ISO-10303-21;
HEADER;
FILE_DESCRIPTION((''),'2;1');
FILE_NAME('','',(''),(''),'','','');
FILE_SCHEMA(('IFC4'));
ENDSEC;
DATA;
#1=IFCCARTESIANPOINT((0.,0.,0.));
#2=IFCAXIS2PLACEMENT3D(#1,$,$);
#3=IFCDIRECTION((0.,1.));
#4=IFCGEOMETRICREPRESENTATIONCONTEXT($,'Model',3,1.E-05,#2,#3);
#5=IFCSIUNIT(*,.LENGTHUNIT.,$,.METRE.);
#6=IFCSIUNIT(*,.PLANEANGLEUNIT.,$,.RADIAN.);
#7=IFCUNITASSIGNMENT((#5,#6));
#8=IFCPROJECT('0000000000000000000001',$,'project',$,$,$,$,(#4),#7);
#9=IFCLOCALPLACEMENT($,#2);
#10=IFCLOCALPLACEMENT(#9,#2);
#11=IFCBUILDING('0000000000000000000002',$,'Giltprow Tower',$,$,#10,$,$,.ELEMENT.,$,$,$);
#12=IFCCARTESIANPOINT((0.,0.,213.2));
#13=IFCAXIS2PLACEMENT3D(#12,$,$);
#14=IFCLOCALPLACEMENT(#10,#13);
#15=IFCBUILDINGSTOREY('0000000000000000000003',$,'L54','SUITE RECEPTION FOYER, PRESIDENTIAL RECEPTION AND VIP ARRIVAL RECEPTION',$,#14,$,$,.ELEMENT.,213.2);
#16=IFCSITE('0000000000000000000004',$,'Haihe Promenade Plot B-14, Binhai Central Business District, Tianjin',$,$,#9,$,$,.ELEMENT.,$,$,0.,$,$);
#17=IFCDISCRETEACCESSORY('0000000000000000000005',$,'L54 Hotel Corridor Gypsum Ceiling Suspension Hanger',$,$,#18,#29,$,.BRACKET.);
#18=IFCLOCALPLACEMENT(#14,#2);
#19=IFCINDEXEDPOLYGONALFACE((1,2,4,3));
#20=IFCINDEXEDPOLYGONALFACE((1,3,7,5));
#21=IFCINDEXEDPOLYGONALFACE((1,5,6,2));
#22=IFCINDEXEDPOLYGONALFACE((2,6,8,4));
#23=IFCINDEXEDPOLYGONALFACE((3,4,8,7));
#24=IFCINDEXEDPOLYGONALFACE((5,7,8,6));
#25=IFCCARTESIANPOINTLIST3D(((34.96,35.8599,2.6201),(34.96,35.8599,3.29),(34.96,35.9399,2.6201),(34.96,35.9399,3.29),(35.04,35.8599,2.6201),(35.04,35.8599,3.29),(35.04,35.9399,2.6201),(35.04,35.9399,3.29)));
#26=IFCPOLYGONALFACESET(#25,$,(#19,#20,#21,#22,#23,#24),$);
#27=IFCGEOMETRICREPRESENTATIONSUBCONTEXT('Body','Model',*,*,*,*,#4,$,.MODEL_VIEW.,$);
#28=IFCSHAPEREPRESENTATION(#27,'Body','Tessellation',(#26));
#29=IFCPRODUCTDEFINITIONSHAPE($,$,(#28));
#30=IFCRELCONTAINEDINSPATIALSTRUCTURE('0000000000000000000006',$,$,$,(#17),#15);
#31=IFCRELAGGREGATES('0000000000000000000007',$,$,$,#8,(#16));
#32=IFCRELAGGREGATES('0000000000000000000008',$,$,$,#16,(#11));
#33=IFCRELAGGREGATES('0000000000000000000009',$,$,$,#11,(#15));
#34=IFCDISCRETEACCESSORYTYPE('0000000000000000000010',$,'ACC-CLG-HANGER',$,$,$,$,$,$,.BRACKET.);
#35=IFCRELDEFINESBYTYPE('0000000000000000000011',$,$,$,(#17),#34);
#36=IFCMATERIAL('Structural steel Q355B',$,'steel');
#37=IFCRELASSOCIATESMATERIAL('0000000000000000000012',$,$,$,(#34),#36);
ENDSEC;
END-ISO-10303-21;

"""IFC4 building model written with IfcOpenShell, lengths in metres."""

from ifc_helpers import new_model, si_unit, direction, frame, origin, origin_2d, place, context, subcontext, project, spatial, rectangle, extrude, source, transform, mapped, material, type_object, element, save


model = new_model("IFC4")

# Units and contexts
model_context = context("Model", 3, precision=1e-05, world=origin(), true_north=direction((0.0, 1.0)))
body_context = subcontext(model_context, "Body", "Model", "MODEL_VIEW")
ifc_project = project(units=[si_unit("LENGTHUNIT", "METRE"), si_unit("PLANEANGLEUNIT", "RADIAN")], contexts=[model_context])

# Site, building, storey
site_placement = place(None, origin())
site = spatial("IfcSite", under=ifc_project, at=site_placement, Name="Haihe Promenade Plot B-14, Binhai Central Business District, Tianjin", CompositionType="ELEMENT", RefElevation=0.0)
building_placement = place(site_placement, origin())
building = spatial("IfcBuilding", under=site, at=building_placement, Name="Giltprow Tower", CompositionType="ELEMENT")
storey_placement = place(building_placement, frame((0.0, 0.0, 213.2)))
storey = spatial("IfcBuildingStorey", under=building, at=storey_placement, Name="L54", Description="SUITE RECEPTION FOYER, PRESIDENTIAL RECEPTION AND VIP ARRIVAL RECEPTION", CompositionType="ELEMENT", Elevation=213.2)

# Shared definitions
ifc_material_1 = material(Name="Structural steel Q355B", Category="steel")

# Discrete accessory
discrete_accessory_type = type_object("IfcDiscreteAccessoryType", Name="ACC-CLG-HANGER", PredefinedType="BRACKET", material=ifc_material_1)
shared_shape_1 = source(origin(), body_context, "Body", "SweptSolid", [
    extrude(rectangle(XDim=0.0801, YDim=0.0801, at=origin_2d()), origin(), (0.0, 0.0, 1.0), 0.6699),
])
discrete_accessory_placement = place(storey_placement, frame((35.0, 35.8999, 2.6201), z_axis=(0.0, 0.0, 1.0), x_axis=(1.0, 0.0, 0.0)))
element("IfcDiscreteAccessory", 1, at=discrete_accessory_placement, inside=storey, type_object=discrete_accessory_type, Name="L54 Hotel Corridor Gypsum Ceiling Suspension Hanger", PredefinedType="BRACKET", context=body_context, shape_type="MappedRepresentation", body=[
    mapped(shared_shape_1, transform((0.0, 0.0, 0.0), x_axis=(1.0, 0.0, 0.0), y_axis=(0.0, 1.0, 0.0), z_axis=(0.0, 0.0, 1.0), scale=1.0)),
])

save(model, "model.ifc")
